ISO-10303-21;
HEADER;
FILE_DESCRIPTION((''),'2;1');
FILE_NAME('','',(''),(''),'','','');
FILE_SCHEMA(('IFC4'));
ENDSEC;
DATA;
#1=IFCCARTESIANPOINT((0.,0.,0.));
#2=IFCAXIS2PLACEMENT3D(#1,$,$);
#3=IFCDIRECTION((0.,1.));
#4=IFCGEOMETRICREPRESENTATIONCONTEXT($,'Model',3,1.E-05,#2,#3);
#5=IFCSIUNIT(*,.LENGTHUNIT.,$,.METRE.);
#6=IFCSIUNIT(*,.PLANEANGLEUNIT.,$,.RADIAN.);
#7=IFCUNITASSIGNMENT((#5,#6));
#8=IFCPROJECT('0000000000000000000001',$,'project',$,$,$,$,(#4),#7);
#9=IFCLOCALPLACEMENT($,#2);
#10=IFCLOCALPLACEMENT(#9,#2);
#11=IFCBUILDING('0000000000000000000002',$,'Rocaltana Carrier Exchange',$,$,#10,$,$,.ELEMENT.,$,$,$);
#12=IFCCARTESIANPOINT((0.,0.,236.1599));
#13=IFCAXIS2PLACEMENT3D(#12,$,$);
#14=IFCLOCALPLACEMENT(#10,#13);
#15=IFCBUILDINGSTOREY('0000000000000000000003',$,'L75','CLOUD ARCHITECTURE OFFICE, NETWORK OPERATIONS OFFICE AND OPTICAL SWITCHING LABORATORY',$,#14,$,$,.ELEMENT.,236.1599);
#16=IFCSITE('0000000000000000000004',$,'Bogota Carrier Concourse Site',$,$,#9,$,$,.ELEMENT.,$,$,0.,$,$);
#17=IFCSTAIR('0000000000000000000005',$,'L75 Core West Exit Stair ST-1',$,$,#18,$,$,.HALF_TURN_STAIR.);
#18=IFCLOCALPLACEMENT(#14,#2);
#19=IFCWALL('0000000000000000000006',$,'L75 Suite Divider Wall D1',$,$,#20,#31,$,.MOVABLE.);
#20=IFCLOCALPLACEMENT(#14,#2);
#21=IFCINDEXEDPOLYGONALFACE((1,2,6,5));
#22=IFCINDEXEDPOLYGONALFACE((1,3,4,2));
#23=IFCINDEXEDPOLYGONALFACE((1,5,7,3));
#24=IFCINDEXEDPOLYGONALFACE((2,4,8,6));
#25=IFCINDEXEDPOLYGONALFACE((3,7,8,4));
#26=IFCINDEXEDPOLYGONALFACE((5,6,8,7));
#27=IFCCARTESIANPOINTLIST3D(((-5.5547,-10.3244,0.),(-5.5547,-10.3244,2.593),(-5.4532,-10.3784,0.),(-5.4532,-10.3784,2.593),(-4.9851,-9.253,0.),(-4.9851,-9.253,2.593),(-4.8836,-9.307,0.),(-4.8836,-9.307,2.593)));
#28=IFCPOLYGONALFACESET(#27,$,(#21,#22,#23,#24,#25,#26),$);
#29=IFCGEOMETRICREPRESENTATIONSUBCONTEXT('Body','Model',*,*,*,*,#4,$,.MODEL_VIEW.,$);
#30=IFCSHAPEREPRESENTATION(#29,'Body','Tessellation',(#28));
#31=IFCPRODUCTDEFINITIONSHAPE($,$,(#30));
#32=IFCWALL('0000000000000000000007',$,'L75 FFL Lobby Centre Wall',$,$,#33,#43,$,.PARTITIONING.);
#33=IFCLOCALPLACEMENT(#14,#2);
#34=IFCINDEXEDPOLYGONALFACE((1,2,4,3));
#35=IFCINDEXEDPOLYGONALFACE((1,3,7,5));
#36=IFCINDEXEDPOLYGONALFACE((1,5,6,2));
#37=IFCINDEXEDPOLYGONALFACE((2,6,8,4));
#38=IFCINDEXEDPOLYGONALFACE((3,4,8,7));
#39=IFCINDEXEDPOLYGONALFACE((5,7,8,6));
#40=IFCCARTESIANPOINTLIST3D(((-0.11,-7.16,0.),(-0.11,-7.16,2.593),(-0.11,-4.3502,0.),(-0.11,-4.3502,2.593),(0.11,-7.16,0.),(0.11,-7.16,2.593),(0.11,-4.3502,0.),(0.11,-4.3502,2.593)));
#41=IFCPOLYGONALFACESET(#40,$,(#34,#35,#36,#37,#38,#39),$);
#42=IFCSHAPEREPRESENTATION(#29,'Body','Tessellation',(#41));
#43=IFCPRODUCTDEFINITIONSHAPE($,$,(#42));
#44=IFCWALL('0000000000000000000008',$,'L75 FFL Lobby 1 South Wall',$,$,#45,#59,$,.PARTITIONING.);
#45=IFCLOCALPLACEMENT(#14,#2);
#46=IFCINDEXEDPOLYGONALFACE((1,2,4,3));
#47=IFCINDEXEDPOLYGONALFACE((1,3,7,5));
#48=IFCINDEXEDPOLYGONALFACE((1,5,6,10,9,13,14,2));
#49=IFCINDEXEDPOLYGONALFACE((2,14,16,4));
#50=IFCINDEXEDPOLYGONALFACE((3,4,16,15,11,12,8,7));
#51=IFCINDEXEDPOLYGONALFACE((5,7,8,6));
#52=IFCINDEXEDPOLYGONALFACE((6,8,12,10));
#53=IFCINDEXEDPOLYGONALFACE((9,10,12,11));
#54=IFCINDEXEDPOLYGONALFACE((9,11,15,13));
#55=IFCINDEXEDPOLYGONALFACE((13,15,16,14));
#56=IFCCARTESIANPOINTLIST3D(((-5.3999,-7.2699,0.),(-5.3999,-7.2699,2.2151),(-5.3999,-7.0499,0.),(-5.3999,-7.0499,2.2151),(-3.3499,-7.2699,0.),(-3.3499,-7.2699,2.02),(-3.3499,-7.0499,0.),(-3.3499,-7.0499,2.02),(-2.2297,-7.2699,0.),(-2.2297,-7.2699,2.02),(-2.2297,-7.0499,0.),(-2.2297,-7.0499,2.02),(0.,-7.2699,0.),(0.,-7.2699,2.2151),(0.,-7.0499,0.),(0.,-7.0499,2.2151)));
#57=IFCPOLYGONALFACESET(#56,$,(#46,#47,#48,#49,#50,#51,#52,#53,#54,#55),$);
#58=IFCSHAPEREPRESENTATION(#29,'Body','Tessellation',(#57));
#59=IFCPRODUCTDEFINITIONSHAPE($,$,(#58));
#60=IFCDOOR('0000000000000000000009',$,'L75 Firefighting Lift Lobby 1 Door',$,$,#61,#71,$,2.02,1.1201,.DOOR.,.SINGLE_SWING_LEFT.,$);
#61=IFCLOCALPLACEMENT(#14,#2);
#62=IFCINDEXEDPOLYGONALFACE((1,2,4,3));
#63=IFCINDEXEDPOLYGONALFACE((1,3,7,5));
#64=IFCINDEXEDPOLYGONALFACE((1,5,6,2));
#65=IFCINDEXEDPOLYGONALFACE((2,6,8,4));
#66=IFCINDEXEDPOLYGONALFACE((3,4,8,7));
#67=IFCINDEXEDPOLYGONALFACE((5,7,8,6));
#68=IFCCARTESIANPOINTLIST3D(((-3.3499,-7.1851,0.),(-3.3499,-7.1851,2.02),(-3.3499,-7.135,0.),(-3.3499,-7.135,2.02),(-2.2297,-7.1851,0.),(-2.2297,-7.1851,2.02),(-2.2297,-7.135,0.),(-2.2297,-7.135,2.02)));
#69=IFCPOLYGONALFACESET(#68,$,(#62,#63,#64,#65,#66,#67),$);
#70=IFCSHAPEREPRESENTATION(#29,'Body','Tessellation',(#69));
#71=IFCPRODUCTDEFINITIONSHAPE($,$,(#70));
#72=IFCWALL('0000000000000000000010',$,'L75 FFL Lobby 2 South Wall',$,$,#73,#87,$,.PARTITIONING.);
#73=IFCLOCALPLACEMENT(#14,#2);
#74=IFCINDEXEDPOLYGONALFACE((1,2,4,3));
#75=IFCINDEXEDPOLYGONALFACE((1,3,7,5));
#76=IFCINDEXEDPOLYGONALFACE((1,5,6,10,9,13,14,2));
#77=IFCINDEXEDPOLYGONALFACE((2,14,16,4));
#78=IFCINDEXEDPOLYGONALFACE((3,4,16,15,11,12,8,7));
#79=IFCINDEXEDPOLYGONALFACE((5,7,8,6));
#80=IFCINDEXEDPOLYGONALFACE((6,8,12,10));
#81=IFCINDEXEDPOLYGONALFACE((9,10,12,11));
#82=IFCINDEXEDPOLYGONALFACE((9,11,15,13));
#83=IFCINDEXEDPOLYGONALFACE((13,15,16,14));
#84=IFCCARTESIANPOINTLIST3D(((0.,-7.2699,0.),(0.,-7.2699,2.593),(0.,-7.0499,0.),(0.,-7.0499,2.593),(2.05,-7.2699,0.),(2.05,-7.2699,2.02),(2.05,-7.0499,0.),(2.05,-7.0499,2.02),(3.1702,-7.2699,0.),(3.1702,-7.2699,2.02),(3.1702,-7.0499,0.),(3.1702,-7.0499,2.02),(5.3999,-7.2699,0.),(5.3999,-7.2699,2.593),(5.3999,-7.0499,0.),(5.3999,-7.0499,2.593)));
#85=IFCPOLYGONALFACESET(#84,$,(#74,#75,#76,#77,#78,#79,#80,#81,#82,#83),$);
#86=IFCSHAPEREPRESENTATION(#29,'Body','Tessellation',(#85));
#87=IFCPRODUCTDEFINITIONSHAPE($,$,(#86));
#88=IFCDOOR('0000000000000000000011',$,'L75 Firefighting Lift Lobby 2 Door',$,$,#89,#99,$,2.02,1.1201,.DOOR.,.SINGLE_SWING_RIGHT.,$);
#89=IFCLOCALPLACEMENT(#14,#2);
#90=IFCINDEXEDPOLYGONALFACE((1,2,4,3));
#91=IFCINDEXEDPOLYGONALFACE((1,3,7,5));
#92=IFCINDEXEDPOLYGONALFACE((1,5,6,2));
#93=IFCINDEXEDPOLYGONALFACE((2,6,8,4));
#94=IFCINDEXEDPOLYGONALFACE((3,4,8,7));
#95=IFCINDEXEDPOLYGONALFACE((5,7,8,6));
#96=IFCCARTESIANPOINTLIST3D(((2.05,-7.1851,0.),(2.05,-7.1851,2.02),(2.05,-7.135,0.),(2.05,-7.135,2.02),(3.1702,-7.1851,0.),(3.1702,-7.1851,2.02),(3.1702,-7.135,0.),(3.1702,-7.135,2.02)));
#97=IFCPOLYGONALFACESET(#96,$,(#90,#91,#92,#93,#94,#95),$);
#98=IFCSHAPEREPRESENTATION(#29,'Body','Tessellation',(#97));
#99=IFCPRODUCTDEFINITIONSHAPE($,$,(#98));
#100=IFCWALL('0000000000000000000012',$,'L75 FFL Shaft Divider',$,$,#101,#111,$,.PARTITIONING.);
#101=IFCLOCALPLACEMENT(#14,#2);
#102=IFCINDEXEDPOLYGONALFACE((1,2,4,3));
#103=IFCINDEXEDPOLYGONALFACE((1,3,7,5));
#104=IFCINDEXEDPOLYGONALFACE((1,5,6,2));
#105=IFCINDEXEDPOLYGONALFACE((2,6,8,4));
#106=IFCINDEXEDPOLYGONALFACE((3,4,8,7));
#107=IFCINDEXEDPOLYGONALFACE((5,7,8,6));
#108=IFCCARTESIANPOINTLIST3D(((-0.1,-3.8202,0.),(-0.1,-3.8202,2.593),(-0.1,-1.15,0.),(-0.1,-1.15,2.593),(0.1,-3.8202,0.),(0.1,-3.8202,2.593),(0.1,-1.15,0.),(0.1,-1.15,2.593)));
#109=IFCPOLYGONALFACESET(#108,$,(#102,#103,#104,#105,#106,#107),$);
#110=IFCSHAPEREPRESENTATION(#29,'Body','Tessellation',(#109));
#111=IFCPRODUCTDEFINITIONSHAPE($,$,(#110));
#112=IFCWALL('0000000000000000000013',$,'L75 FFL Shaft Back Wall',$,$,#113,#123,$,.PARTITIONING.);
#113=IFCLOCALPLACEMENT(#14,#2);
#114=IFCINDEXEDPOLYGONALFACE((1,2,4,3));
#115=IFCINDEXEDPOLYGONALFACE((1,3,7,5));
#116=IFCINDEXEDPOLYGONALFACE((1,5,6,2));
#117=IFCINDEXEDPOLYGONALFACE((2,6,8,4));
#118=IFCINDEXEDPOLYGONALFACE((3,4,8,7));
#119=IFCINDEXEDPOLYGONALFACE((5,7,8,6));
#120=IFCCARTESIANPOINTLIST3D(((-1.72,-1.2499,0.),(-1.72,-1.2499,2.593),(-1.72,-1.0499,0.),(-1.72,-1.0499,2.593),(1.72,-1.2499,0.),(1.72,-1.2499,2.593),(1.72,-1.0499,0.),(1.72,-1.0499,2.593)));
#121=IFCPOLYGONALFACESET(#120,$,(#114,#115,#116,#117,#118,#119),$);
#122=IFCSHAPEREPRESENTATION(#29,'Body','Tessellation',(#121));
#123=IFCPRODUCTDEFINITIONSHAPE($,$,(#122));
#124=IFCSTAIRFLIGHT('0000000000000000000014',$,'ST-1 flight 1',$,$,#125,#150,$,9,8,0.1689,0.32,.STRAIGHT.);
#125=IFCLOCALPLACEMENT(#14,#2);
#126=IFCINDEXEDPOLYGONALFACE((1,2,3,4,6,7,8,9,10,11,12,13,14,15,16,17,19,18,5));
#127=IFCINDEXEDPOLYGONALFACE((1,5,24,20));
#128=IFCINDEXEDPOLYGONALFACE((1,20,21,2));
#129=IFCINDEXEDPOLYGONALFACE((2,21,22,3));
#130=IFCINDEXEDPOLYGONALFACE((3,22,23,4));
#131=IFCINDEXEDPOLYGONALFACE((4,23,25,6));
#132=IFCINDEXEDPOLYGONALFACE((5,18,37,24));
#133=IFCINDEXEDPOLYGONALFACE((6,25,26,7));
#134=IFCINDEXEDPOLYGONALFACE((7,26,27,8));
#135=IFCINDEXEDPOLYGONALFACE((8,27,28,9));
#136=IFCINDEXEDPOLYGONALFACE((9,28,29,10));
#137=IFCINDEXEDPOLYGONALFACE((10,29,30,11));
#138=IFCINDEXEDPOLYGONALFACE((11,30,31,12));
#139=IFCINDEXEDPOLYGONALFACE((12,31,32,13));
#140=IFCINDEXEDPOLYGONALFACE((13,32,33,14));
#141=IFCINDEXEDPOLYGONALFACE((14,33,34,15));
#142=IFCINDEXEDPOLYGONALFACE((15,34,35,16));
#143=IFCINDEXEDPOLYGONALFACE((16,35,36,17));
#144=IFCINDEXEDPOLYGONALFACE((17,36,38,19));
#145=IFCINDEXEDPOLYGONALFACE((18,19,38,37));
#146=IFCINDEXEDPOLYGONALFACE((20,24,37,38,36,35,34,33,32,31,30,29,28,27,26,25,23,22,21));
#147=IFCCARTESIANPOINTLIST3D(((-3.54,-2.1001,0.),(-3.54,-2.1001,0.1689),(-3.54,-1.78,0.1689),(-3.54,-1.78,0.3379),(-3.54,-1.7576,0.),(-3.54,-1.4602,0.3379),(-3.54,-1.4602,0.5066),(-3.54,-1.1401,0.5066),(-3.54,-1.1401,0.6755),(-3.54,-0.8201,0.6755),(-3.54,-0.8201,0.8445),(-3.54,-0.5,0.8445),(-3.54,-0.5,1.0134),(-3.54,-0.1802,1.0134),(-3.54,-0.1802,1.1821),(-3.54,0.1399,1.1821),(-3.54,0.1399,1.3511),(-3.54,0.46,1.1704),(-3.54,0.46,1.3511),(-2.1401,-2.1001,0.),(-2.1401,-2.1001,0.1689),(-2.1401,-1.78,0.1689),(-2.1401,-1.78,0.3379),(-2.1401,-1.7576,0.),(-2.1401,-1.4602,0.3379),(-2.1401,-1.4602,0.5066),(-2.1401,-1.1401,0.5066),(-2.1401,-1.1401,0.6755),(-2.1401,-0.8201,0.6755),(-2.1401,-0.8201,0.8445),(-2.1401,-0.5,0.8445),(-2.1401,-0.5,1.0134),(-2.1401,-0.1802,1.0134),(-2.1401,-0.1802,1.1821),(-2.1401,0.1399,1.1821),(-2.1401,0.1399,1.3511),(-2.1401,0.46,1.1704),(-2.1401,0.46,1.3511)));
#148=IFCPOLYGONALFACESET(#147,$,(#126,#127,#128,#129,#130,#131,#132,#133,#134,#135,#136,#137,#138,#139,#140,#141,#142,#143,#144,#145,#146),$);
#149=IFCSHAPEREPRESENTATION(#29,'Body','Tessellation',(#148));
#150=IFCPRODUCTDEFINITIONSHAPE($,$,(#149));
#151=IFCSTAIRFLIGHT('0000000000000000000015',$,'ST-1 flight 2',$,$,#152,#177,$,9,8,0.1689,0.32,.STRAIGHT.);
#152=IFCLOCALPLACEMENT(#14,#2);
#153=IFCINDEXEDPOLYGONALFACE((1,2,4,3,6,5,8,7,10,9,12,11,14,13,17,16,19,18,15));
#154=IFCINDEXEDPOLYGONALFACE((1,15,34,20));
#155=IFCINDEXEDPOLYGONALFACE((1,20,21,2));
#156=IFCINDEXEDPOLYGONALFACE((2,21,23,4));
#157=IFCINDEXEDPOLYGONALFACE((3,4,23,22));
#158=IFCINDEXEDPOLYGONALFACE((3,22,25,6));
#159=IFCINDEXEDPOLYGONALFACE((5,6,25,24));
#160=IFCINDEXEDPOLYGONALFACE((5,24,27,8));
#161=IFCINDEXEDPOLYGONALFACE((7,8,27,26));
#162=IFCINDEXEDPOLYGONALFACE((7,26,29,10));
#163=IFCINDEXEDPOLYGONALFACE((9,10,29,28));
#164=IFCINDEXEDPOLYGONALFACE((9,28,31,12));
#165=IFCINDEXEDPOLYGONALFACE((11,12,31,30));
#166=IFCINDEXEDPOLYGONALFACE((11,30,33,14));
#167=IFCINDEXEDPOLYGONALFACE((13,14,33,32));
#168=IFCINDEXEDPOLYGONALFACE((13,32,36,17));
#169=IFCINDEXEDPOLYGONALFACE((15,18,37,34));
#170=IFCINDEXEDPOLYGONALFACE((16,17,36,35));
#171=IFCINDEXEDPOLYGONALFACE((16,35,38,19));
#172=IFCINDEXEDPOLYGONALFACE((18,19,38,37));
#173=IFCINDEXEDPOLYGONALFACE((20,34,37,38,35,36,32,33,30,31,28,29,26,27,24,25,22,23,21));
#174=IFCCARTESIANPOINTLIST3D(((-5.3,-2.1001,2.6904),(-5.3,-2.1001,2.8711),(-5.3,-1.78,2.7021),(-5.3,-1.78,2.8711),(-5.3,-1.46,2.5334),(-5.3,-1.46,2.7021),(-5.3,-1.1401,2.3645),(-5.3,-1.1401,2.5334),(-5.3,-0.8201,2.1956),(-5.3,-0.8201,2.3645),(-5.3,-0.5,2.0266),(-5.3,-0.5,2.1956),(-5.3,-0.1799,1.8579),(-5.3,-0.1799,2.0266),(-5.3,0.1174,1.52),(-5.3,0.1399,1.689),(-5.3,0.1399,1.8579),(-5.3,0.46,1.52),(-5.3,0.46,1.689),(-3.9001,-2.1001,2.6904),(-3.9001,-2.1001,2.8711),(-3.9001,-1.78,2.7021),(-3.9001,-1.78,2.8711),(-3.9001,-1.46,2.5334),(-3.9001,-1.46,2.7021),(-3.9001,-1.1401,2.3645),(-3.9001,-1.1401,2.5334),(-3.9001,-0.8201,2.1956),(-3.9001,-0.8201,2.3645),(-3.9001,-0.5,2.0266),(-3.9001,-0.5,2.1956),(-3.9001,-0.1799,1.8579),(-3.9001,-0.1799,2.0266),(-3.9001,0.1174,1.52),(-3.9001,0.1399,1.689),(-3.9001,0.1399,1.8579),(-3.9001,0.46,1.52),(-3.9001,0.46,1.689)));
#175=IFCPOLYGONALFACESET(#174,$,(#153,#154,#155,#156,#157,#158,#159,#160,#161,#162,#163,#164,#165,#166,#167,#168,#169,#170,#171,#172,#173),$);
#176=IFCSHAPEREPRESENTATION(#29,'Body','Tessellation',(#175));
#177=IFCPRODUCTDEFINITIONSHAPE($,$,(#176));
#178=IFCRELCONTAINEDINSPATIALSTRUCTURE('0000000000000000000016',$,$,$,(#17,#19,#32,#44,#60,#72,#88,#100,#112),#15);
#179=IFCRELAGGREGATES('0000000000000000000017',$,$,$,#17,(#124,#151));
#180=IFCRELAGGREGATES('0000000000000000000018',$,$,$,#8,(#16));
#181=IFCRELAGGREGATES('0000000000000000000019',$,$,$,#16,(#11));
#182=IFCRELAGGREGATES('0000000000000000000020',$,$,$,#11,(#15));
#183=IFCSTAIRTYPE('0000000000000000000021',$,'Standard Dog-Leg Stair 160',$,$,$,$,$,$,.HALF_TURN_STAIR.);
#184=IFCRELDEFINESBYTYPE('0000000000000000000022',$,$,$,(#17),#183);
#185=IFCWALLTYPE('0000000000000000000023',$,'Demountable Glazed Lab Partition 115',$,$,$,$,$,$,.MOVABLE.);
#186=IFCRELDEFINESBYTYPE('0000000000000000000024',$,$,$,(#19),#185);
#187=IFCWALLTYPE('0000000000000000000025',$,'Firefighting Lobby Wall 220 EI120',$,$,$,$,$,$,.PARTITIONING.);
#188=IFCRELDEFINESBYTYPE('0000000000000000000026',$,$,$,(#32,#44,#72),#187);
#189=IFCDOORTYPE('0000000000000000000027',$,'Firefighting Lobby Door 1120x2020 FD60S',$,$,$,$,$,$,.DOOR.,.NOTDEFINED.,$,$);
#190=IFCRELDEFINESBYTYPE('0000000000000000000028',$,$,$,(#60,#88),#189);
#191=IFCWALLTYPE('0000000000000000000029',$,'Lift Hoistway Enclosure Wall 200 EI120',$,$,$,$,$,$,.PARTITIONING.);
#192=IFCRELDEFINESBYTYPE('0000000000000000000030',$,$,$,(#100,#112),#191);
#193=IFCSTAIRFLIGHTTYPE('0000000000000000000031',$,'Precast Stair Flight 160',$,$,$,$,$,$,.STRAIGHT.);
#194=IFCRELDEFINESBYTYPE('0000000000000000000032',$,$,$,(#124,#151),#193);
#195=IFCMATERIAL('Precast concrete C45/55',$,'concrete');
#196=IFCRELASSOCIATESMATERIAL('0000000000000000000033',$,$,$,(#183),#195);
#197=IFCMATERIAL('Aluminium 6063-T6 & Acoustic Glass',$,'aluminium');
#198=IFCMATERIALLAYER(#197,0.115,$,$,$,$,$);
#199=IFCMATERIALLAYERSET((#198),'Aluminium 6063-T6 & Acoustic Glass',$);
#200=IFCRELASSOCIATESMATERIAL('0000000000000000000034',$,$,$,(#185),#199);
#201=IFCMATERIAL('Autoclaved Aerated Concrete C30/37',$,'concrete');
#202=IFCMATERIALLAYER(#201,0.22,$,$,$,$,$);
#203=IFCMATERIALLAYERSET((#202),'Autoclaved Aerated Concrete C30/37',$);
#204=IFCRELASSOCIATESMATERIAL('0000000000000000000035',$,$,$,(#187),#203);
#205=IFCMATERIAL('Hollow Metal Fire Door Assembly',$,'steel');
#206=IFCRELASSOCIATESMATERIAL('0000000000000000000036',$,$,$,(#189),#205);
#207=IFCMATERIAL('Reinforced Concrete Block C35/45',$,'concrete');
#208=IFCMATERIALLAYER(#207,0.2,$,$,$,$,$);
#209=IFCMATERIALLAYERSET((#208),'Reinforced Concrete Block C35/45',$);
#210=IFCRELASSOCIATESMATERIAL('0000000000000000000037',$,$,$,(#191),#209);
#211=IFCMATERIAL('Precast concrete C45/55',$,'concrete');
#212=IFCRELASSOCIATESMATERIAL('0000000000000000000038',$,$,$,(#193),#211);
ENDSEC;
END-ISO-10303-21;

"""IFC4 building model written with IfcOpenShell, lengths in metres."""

from ifc_helpers import new_model, si_unit, direction, frame, frame_2d, origin, place, context, subcontext, project, spatial, polyline, rectangle, outline, extrude, material, layer, layer_set, type_object, element, fill, aggregate, save


model = new_model("IFC4")

# Units and contexts
model_context = context("Model", 3, precision=1e-05, world=origin(), true_north=direction((0.0, 1.0)))
body_context = subcontext(model_context, "Body", "Model", "MODEL_VIEW")
ifc_project = project(units=[si_unit("LENGTHUNIT", "METRE"), si_unit("PLANEANGLEUNIT", "RADIAN")], contexts=[model_context])

# Site, building, storey
site_placement = place(None, origin())
site = spatial("IfcSite", under=ifc_project, at=site_placement, Name="Bogota Carrier Concourse Site", CompositionType="ELEMENT", RefElevation=0.0)
building_placement = place(site_placement, origin())
building = spatial("IfcBuilding", under=site, at=building_placement, Name="Rocaltana Carrier Exchange", CompositionType="ELEMENT")
storey_placement = place(building_placement, frame((0.0, 0.0, 236.1599)))
storey = spatial("IfcBuildingStorey", under=building, at=storey_placement, Name="L75", Description="CLOUD ARCHITECTURE OFFICE, NETWORK OPERATIONS OFFICE AND OPTICAL SWITCHING LABORATORY", CompositionType="ELEMENT", Elevation=236.1599)

# Stair
ifc_material_1 = material(Name="Precast concrete C45/55", Category="concrete")
stair_type = type_object("IfcStairType", Name="Standard Dog-Leg Stair 160", PredefinedType="HALF_TURN_STAIR", material=ifc_material_1)
stair_placement = place(storey_placement, origin())
stair = element("IfcStair", 1, at=stair_placement, inside=storey, type_object=stair_type, Name="L75 Core West Exit Stair ST-1", PredefinedType="HALF_TURN_STAIR")

# Walls
ifc_material_2 = material(Name="Aluminium 6063-T6 & Acoustic Glass", Category="aluminium")
ifc_layer_1 = layer(ifc_material_2, 0.115)
ifc_layer_set_1 = layer_set([ifc_layer_1], Name="Aluminium 6063-T6 & Acoustic Glass")
wall_type_1 = type_object("IfcWallType", Name="Demountable Glazed Lab Partition 115", PredefinedType="MOVABLE", material=ifc_layer_set_1)
wall_1_placement = place(storey_placement, frame((-4.9343, -9.28, 0.0), z_axis=(0.0, 0.0, 1.0), x_axis=(-0.469449, -0.882959, 0.0)))
element("IfcWall", 2, at=wall_1_placement, inside=storey, type_object=wall_type_1, Name="L75 Suite Divider Wall D1", PredefinedType="MOVABLE", context=body_context, shape_type="SweptSolid", body=[
    extrude(rectangle(XDim=1.2134, YDim=0.115, at=frame_2d((0.6067, 0.0))), origin(), (0.0, 0.0, 1.0), 2.593),
])
ifc_material_3 = material(Name="Autoclaved Aerated Concrete C30/37", Category="concrete")
ifc_layer_2 = layer(ifc_material_3, 0.22)
ifc_layer_set_2 = layer_set([ifc_layer_2], Name="Autoclaved Aerated Concrete C30/37")
wall_type_2 = type_object("IfcWallType", Name="Firefighting Lobby Wall 220 EI120", PredefinedType="PARTITIONING", material=ifc_layer_set_2)
wall_2_placement = place(storey_placement, frame((0.0, -7.1599, 0.0), z_axis=(0.0, 0.0, 1.0), x_axis=(0.0, 1.0, 0.0)))
element("IfcWall", 3, at=wall_2_placement, inside=storey, type_object=wall_type_2, Name="L75 FFL Lobby Centre Wall", PredefinedType="PARTITIONING", context=body_context, shape_type="SweptSolid", body=[
    extrude(rectangle(XDim=2.8098, YDim=0.22, at=frame_2d((1.4048, 0.0))), origin(), (0.0, 0.0, 1.0), 2.593),
])

# Walls, openings, doors
wall_3_placement = place(storey_placement, frame((-5.3999, -7.1599, 0.0), z_axis=(0.0, 0.0, 1.0), x_axis=(1.0, 0.0, 0.0)))
wall_3 = element("IfcWall", 4, at=wall_3_placement, inside=storey, type_object=wall_type_2, Name="L75 FFL Lobby 1 South Wall", PredefinedType="PARTITIONING", context=body_context, shape_type="SweptSolid", body=[
    extrude(rectangle(XDim=5.3999, YDim=0.22, at=frame_2d((2.7, 0.0))), origin(), (0.0, 0.0, 1.0), 2.2151),
])
opening_1_placement = place(wall_3_placement, frame((2.05, 0.0, 0.0)))
opening_1 = element("IfcOpeningElement", 5, at=opening_1_placement, cuts=wall_3, PredefinedType="OPENING", context=body_context, shape_type="SweptSolid", body=[
    extrude(rectangle(XDim=1.1201, YDim=2.02, at=frame_2d((0.5601, 1.01))), frame((0.0, 0.1199, 0.0), z_axis=(0.0, -1.0, 0.0), x_axis=(1.0, 0.0, 0.0)), (0.0, 0.0, 1.0), 0.24),
])
ifc_material_4 = material(Name="Hollow Metal Fire Door Assembly", Category="steel")
door_type = type_object("IfcDoorType", Name="Firefighting Lobby Door 1120x2020 FD60S", OperationType="NOTDEFINED", PredefinedType="DOOR", material=ifc_material_4)
door_1_placement = place(opening_1_placement, origin())
door_1 = element("IfcDoor", 6, at=door_1_placement, inside=storey, type_object=door_type, Name="L75 Firefighting Lift Lobby 1 Door", OperationType="SINGLE_SWING_LEFT", OverallHeight=2.02, OverallWidth=1.1201, PredefinedType="DOOR", context=body_context, shape_type="SweptSolid", body=[
    extrude(rectangle(XDim=1.1201, YDim=2.02, at=frame_2d((0.5601, 1.01))), frame((0.0, 0.0249, 0.0), z_axis=(0.0, -1.0, 0.0), x_axis=(1.0, 0.0, 0.0)), (0.0, 0.0, 1.0), 0.05),
])
fill(opening_1, door_1)
wall_4_placement = place(storey_placement, frame((0.0, -7.1599, 0.0), z_axis=(0.0, 0.0, 1.0), x_axis=(1.0, 0.0, 0.0)))
wall_4 = element("IfcWall", 7, at=wall_4_placement, inside=storey, type_object=wall_type_2, Name="L75 FFL Lobby 2 South Wall", PredefinedType="PARTITIONING", context=body_context, shape_type="SweptSolid", body=[
    extrude(rectangle(XDim=5.3999, YDim=0.22, at=frame_2d((2.7, 0.0))), origin(), (0.0, 0.0, 1.0), 2.593),
])
opening_2_placement = place(wall_4_placement, frame((2.05, 0.0, 0.0)))
opening_2 = element("IfcOpeningElement", 8, at=opening_2_placement, cuts=wall_4, PredefinedType="OPENING", context=body_context, shape_type="SweptSolid", body=[
    extrude(rectangle(XDim=1.1201, YDim=2.02, at=frame_2d((0.5601, 1.01))), frame((0.0, 0.1199, 0.0), z_axis=(0.0, -1.0, 0.0), x_axis=(1.0, 0.0, 0.0)), (0.0, 0.0, 1.0), 0.24),
])
door_2_placement = place(opening_2_placement, origin())
door_2 = element("IfcDoor", 9, at=door_2_placement, inside=storey, type_object=door_type, Name="L75 Firefighting Lift Lobby 2 Door", OperationType="SINGLE_SWING_RIGHT", OverallHeight=2.02, OverallWidth=1.1201, PredefinedType="DOOR", context=body_context, shape_type="SweptSolid", body=[
    extrude(rectangle(XDim=1.1201, YDim=2.02, at=frame_2d((0.5601, 1.01))), frame((0.0, 0.0249, 0.0), z_axis=(0.0, -1.0, 0.0), x_axis=(1.0, 0.0, 0.0)), (0.0, 0.0, 1.0), 0.05),
])
fill(opening_2, door_2)

# Walls
ifc_material_5 = material(Name="Reinforced Concrete Block C35/45", Category="concrete")
ifc_layer_3 = layer(ifc_material_5, 0.2)
ifc_layer_set_3 = layer_set([ifc_layer_3], Name="Reinforced Concrete Block C35/45")
wall_type_3 = type_object("IfcWallType", Name="Lift Hoistway Enclosure Wall 200 EI120", PredefinedType="PARTITIONING", material=ifc_layer_set_3)
wall_5_placement = place(storey_placement, frame((0.0, -3.8201, 0.0), z_axis=(0.0, 0.0, 1.0), x_axis=(0.0, 1.0, 0.0)))
element("IfcWall", 10, at=wall_5_placement, inside=storey, type_object=wall_type_3, Name="L75 FFL Shaft Divider", PredefinedType="PARTITIONING", context=body_context, shape_type="SweptSolid", body=[
    extrude(rectangle(XDim=2.6702, YDim=0.2, at=frame_2d((1.335, 0.0))), origin(), (0.0, 0.0, 1.0), 2.593),
])
wall_6_placement = place(storey_placement, frame((-1.72, -1.1499, 0.0), z_axis=(0.0, 0.0, 1.0), x_axis=(1.0, 0.0, 0.0)))
element("IfcWall", 11, at=wall_6_placement, inside=storey, type_object=wall_type_3, Name="L75 FFL Shaft Back Wall", PredefinedType="PARTITIONING", context=body_context, shape_type="SweptSolid", body=[
    extrude(rectangle(XDim=3.4399, YDim=0.2, at=frame_2d((1.72, 0.0))), origin(), (0.0, 0.0, 1.0), 2.593),
])

# Stair flights
ifc_material_6 = material(Name="Precast concrete C45/55", Category="concrete")
stair_flight_type = type_object("IfcStairFlightType", Name="Precast Stair Flight 160", PredefinedType="STRAIGHT", material=ifc_material_6)
stair_flight_1_placement = place(storey_placement, frame((-2.8401, -2.1001, 0.0), z_axis=(0.0, 0.0, 1.0), x_axis=(0.0, 1.0, 0.0)))
stair_flight_1 = element("IfcStairFlight", 12, at=stair_flight_1_placement, type_object=stair_flight_type, Name="ST-1 flight 1", NumberOfRisers=9, NumberOfTreads=8, PredefinedType="STRAIGHT", RiserHeight=0.1689, TreadLength=0.32, context=body_context, shape_type="SweptSolid", body=[
    extrude(outline(polyline([(0.0, 0.0), (0.0, 0.1689), (0.3201, 0.1689), (0.3201, 0.3379), (0.6399, 0.3379), (0.6399, 0.5066), (0.96, 0.5066), (0.96, 0.6755), (1.28, 0.6755), (1.28, 0.8445), (1.6001, 0.8445), (1.6001, 1.0134), (1.9199, 1.0134), (1.9199, 1.1821), (2.24, 1.1821), (2.24, 1.3511), (2.5601, 1.3511), (2.5601, 1.52), (2.5601, 1.1704), (0.3425, 0.0), (0.0, 0.0)])), frame((0.0, 0.7, 0.0), z_axis=(0.0, -1.0, 0.0), x_axis=(1.0, 0.0, 0.0)), (0.0, 0.0, 1.0), 1.3999),
])
stair_flight_2_placement = place(storey_placement, frame((-4.6001, 0.46, 1.52), z_axis=(0.0, 0.0, 1.0), x_axis=(0.0, -1.0, 0.0)))
stair_flight_2 = element("IfcStairFlight", 13, at=stair_flight_2_placement, type_object=stair_flight_type, Name="ST-1 flight 2", NumberOfRisers=9, NumberOfTreads=8, PredefinedType="STRAIGHT", RiserHeight=0.1689, TreadLength=0.32, context=body_context, shape_type="SweptSolid", body=[
    extrude(outline(polyline([(0.0, 0.0), (0.0, 0.1689), (0.3201, 0.1689), (0.3201, 0.3379), (0.6399, 0.3379), (0.6399, 0.5066), (0.96, 0.5066), (0.96, 0.6755), (1.28, 0.6755), (1.28, 0.8445), (1.6001, 0.8445), (1.6001, 1.0134), (1.9199, 1.0134), (1.9199, 1.1821), (2.24, 1.1821), (2.24, 1.3511), (2.5601, 1.3511), (2.5601, 1.52), (2.5601, 1.1704), (0.3425, 0.0), (0.0, 0.0)])), frame((0.0, 0.7, 0.0), z_axis=(0.0, -1.0, 0.0), x_axis=(1.0, 0.0, 0.0)), (0.0, 0.0, 1.0), 1.3999),
])
aggregate(stair, [stair_flight_1, stair_flight_2])

save(model, "model.ifc")
